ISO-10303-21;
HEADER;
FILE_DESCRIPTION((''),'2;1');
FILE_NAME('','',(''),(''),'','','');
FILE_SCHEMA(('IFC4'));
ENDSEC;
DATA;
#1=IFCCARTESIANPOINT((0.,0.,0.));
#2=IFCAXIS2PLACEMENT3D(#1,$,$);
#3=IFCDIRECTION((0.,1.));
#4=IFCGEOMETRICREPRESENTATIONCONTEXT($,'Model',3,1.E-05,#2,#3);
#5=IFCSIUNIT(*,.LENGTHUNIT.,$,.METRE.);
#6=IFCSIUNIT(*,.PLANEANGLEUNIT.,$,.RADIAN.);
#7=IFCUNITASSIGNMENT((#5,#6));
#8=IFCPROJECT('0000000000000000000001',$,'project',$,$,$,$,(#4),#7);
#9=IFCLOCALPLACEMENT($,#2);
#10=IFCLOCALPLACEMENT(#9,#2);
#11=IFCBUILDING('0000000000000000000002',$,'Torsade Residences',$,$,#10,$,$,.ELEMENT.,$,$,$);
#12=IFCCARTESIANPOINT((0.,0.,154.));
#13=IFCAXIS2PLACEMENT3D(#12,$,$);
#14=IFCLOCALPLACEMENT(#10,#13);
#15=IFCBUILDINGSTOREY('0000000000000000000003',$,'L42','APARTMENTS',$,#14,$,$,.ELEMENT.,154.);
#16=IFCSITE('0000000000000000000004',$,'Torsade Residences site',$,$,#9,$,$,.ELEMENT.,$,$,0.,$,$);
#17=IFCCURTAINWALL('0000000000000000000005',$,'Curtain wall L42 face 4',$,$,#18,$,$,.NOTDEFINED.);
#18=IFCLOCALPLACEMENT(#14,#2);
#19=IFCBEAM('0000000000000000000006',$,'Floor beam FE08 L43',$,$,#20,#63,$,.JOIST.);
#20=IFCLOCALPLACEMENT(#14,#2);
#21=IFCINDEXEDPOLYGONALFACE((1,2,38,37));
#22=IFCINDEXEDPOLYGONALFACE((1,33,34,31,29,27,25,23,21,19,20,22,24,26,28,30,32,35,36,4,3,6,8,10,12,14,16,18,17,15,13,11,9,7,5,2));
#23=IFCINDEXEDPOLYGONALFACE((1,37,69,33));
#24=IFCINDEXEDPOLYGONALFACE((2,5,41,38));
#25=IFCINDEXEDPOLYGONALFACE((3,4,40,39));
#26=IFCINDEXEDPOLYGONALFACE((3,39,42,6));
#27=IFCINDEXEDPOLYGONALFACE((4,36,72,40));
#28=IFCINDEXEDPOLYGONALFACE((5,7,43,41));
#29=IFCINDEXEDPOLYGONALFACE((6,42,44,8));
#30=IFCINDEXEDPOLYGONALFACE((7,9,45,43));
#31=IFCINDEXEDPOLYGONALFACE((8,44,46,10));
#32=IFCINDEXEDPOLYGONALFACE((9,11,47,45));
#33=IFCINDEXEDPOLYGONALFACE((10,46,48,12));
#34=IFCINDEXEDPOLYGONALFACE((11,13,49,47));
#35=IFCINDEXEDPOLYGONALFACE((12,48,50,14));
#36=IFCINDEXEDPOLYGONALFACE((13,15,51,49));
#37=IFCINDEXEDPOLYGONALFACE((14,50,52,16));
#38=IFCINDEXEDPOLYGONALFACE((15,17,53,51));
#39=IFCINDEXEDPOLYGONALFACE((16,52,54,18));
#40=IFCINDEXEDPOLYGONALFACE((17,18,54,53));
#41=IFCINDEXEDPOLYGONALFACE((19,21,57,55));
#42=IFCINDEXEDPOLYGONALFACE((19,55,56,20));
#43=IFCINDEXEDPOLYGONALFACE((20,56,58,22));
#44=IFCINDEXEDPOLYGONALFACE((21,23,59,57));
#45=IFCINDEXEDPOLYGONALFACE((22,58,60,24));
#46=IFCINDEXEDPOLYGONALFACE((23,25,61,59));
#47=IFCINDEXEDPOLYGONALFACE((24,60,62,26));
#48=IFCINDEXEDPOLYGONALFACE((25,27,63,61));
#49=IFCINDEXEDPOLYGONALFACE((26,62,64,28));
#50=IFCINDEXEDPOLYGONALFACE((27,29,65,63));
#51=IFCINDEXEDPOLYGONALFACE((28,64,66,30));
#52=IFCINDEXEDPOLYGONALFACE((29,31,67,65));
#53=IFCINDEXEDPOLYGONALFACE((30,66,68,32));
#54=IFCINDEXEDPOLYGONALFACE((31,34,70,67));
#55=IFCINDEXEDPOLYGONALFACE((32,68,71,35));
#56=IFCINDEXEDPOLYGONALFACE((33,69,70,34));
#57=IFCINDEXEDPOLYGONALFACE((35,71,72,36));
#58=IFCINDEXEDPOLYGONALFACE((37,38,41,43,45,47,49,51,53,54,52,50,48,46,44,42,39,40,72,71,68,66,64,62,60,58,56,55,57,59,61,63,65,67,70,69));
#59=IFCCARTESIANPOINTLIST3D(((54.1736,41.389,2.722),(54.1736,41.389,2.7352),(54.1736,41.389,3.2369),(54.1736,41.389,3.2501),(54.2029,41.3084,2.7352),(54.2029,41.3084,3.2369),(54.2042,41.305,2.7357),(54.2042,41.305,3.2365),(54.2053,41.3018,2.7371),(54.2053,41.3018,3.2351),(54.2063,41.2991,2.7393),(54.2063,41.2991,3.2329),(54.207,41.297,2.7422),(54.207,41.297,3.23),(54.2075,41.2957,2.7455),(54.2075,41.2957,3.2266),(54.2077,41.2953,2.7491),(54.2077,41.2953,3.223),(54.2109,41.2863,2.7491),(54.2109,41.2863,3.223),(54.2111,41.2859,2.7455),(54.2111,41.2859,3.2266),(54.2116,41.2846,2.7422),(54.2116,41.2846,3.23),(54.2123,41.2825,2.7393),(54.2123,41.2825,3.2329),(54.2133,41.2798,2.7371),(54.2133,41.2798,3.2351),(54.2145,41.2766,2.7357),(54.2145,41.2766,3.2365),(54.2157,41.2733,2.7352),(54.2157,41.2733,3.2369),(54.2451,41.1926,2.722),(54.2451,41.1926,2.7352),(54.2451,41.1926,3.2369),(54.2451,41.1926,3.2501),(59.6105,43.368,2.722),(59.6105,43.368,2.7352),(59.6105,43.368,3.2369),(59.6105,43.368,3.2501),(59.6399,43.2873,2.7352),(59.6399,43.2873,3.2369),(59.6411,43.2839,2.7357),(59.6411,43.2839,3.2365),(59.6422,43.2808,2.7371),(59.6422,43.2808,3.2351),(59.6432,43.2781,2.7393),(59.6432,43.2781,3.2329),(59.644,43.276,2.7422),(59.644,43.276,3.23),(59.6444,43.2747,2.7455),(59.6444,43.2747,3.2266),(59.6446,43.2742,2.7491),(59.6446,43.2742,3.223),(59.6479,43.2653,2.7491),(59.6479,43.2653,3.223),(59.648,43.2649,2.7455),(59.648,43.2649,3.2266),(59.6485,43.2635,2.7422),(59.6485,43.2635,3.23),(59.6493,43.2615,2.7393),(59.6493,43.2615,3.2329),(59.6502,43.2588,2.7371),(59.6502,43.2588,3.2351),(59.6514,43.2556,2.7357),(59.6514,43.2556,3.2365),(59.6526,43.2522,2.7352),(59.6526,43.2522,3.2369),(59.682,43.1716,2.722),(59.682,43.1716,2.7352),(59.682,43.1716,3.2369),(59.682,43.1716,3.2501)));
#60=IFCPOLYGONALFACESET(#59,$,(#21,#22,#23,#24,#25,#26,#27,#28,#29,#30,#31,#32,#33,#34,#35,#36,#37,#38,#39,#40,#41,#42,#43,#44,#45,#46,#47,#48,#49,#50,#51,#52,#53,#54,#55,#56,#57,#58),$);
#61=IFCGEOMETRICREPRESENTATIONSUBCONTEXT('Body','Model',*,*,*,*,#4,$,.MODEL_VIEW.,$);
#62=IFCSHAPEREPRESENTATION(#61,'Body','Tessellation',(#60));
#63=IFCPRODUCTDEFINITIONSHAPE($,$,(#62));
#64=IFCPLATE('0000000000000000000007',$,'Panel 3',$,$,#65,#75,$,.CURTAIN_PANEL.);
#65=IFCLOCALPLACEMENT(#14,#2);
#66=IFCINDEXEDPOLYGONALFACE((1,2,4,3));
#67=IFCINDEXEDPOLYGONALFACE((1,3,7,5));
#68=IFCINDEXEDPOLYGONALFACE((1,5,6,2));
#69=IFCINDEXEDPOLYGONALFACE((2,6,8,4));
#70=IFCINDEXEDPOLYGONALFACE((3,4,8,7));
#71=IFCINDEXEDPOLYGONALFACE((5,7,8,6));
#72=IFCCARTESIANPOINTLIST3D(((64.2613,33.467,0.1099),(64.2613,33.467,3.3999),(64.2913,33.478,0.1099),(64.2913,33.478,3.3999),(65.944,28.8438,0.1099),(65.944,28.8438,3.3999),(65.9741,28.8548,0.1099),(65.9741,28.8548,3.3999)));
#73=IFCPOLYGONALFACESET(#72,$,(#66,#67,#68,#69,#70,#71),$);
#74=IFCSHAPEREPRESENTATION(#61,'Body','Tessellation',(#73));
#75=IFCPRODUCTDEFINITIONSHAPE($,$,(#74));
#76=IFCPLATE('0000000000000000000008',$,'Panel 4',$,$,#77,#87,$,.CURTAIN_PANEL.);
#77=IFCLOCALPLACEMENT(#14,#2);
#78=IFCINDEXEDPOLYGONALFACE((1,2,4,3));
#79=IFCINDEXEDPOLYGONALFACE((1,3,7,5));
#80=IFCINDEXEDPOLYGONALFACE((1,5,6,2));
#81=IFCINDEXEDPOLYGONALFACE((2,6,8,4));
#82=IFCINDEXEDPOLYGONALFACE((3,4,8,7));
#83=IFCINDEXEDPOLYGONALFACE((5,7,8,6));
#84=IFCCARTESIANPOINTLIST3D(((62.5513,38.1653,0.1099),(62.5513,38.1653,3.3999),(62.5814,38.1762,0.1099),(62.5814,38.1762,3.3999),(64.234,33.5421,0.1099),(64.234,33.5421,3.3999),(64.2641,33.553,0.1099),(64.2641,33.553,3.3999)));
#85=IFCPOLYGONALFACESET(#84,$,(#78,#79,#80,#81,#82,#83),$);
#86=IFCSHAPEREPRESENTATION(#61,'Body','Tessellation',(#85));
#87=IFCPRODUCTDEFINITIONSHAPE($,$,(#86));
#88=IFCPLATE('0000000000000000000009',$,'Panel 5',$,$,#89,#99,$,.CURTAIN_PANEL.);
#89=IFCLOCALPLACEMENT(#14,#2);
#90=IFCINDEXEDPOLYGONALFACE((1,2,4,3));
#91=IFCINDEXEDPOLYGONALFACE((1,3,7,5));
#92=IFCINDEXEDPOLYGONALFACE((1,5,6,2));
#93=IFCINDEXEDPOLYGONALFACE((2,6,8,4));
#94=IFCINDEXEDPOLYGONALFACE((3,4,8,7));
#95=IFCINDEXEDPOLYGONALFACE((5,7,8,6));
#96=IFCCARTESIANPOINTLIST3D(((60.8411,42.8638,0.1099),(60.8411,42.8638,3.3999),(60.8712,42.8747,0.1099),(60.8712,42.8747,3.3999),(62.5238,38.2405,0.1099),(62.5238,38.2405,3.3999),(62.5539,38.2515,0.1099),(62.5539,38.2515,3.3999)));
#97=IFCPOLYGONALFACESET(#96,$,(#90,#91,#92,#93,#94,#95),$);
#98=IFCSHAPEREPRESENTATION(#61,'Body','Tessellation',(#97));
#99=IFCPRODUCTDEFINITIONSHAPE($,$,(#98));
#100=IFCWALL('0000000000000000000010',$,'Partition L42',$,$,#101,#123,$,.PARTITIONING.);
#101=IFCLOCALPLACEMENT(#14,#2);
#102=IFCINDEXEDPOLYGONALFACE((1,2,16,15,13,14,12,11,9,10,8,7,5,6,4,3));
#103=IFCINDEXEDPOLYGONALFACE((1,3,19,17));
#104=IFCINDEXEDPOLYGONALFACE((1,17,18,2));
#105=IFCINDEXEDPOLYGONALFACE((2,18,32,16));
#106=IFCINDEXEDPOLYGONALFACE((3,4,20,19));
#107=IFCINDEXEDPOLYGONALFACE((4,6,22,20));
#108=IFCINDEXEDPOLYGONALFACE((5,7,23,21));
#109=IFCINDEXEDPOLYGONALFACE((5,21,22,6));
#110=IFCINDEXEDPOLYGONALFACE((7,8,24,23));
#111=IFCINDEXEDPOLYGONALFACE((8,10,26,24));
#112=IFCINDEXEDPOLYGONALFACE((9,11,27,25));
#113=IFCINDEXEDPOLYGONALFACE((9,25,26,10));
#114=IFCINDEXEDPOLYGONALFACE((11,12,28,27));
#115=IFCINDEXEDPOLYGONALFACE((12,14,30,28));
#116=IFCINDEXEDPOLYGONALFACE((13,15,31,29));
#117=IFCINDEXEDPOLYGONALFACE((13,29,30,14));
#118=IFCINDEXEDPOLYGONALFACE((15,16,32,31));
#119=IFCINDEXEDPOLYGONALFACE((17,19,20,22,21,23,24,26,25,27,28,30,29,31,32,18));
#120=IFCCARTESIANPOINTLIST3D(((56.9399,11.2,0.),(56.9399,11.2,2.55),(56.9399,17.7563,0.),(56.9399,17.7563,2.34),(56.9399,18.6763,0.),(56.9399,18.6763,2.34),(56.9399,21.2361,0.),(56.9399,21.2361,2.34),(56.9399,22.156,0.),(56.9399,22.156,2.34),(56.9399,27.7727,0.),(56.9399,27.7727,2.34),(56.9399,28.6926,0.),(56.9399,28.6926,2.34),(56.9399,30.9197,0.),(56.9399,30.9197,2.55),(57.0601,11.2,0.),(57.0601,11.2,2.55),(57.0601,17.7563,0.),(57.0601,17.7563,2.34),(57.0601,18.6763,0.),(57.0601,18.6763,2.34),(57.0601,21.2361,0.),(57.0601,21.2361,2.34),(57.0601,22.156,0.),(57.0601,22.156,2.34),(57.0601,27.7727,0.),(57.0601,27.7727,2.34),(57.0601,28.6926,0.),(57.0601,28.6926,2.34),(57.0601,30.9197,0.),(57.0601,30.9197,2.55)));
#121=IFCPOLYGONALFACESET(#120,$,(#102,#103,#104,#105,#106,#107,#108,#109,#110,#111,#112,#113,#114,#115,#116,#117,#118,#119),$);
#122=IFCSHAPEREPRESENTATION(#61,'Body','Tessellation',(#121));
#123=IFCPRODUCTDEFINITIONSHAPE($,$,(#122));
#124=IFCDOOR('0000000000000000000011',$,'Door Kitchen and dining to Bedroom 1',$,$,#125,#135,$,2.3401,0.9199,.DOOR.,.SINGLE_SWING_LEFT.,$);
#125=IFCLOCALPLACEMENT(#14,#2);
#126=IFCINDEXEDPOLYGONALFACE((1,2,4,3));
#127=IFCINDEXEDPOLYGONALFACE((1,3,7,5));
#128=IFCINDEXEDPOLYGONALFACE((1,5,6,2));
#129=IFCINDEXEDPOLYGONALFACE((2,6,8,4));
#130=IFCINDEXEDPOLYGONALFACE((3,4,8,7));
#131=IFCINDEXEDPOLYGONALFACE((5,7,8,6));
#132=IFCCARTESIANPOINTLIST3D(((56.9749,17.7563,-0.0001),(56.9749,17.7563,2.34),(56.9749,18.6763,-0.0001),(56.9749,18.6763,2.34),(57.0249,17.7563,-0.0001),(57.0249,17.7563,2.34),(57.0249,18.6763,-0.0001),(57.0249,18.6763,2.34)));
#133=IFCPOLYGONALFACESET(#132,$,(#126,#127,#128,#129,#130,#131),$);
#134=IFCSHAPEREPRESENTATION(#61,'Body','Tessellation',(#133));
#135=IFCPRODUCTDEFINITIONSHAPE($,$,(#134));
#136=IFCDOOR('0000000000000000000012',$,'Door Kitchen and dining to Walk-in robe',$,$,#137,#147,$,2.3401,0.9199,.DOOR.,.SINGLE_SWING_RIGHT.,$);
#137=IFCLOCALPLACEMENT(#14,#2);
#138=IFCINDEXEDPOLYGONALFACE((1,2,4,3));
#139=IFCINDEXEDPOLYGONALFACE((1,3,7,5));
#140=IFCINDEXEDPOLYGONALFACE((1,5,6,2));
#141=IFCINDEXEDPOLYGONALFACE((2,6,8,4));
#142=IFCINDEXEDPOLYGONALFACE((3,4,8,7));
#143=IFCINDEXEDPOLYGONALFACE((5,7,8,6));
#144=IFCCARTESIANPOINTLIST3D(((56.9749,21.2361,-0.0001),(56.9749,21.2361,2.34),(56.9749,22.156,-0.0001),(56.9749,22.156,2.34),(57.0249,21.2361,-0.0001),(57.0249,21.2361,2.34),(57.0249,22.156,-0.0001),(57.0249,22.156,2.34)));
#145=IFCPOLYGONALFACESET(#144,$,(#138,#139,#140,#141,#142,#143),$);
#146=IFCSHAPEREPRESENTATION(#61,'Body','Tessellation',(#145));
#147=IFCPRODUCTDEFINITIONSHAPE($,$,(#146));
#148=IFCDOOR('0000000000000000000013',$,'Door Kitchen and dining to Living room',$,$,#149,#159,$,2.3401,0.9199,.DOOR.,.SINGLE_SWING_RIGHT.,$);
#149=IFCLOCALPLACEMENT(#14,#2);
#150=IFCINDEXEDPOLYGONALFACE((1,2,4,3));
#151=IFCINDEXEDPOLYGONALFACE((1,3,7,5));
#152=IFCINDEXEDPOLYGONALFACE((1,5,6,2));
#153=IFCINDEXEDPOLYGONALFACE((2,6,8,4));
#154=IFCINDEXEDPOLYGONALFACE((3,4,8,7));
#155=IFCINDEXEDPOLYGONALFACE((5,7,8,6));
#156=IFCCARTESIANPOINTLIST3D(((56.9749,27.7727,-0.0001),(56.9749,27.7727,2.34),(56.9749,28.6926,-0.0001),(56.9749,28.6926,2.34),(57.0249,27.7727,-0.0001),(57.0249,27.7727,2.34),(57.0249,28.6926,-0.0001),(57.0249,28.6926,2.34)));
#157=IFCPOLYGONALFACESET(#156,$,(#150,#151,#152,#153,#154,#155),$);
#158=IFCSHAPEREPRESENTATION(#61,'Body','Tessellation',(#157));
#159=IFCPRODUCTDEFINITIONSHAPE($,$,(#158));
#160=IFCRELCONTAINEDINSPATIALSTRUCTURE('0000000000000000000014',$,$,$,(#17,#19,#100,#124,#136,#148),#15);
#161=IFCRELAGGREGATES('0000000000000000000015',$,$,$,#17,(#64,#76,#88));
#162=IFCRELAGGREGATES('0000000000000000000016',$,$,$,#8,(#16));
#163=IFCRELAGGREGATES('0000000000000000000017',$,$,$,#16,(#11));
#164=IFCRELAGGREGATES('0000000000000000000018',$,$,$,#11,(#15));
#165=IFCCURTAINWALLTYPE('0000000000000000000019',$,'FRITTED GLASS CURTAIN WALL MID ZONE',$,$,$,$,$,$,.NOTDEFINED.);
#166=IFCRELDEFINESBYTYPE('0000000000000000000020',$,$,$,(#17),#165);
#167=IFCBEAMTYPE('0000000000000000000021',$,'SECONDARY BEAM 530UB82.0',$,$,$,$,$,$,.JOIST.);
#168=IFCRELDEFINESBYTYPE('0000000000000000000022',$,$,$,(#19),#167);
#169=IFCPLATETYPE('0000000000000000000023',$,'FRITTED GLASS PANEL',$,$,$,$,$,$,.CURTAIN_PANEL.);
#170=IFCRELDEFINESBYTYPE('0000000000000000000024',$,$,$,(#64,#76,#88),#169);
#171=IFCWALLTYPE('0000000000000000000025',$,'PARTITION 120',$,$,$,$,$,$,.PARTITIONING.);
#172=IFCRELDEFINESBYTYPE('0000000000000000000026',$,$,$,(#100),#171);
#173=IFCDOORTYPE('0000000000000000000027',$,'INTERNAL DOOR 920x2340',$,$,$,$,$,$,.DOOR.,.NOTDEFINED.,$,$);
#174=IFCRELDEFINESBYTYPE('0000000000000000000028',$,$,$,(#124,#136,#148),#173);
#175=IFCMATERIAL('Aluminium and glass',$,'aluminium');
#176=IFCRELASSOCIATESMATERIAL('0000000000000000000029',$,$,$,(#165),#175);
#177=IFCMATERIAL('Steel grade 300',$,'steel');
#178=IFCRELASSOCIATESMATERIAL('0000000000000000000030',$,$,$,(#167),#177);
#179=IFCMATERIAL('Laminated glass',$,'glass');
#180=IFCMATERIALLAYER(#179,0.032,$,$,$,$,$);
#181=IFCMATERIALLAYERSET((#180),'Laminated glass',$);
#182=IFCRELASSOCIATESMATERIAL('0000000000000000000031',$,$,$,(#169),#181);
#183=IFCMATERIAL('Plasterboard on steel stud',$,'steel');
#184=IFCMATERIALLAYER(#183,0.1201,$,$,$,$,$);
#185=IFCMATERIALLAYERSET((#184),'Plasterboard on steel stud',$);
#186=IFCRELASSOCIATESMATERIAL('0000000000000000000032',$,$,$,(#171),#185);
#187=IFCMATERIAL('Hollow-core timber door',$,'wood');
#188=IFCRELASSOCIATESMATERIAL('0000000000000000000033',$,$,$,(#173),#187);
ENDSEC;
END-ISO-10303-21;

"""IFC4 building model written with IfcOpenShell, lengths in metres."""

from ifc_helpers import new_model, si_unit, direction, frame, frame_2d, origin, origin_2d, place, context, subcontext, project, spatial, rectangle, i_section, extrude, material, layer, layer_set, material_profile, profile_set, type_object, element, fill, aggregate, save


model = new_model("IFC4")

# Units and contexts
model_context = context("Model", 3, precision=1e-05, world=origin(), true_north=direction((0.0, 1.0)))
body_context = subcontext(model_context, "Body", "Model", "MODEL_VIEW")
ifc_project = project(units=[si_unit("LENGTHUNIT", "METRE"), si_unit("PLANEANGLEUNIT", "RADIAN")], contexts=[model_context])

# Site, building, storey
site_placement = place(None, origin())
site = spatial("IfcSite", under=ifc_project, at=site_placement, Name="Torsade Residences site", CompositionType="ELEMENT", RefElevation=0.0)
building_placement = place(site_placement, origin())
building = spatial("IfcBuilding", under=site, at=building_placement, Name="Torsade Residences", CompositionType="ELEMENT")
storey_placement = place(building_placement, frame((0.0, 0.0, 154.0)))
storey = spatial("IfcBuildingStorey", under=building, at=storey_placement, Name="L42", Description="APARTMENTS", CompositionType="ELEMENT", Elevation=154.0)

# Curtain wall
ifc_material_1 = material(Name="Aluminium and glass", Category="aluminium")
curtain_wall_type = type_object("IfcCurtainWallType", Name="FRITTED GLASS CURTAIN WALL MID ZONE", PredefinedType="NOTDEFINED", material=ifc_material_1)
curtain_wall_placement = place(storey_placement, origin())
curtain_wall = element("IfcCurtainWall", 1, at=curtain_wall_placement, inside=storey, type_object=curtain_wall_type, Name="Curtain wall L42 face 4", PredefinedType="NOTDEFINED")

# Beam
ifc_material_2 = material(Name="Steel grade 300", Category="steel")
ifc_material_profile_1 = material_profile(ifc_material_2, i_section(OverallWidth=0.209, OverallDepth=0.5281, WebThickness=0.0095, FlangeThickness=0.0132, FilletRadius=0.0139, at=origin_2d()), Name="530UB82.0")
ifc_profile_set_1 = profile_set([ifc_material_profile_1], Name="Steel grade 300")
beam_type_1 = type_object("IfcBeamType", Name="SECONDARY BEAM 530UB82.0", PredefinedType="JOIST", material=ifc_profile_set_1)
beam_1_placement = place(storey_placement, frame((59.6462, 43.2698, 2.9861), z_axis=(-0.939687, -0.342034, 0.0), x_axis=(0.342034, -0.939687, 0.0)))
element("IfcBeam", 2, at=beam_1_placement, inside=storey, type_object=beam_type_1, Name="Floor beam FE08 L43", PredefinedType="JOIST", context=body_context, shape_type="SweptSolid", body=[
    extrude(i_section(OverallWidth=0.209, OverallDepth=0.5281, WebThickness=0.0095, FlangeThickness=0.0132, FilletRadius=0.0139, at=origin_2d()), origin(), (0.0, 0.0, 1.0), 5.7859),
])

# Plates
ifc_material_3 = material(Name="Laminated glass", Category="glass")
ifc_layer_1 = layer(ifc_material_3, 0.032)
ifc_layer_set_1 = layer_set([ifc_layer_1], Name="Laminated glass")
plate_type = type_object("IfcPlateType", Name="FRITTED GLASS PANEL", PredefinedType="CURTAIN_PANEL", material=ifc_layer_set_1)
plate_1_placement = place(storey_placement, frame((65.1177, 31.1609, 0.1099), z_axis=(0.0, 0.0, 1.0), x_axis=(-0.34202, 0.939693, 0.0)))
plate_1 = element("IfcPlate", 3, at=plate_1_placement, type_object=plate_type, Name="Panel 3", PredefinedType="CURTAIN_PANEL", context=body_context, shape_type="SweptSolid", body=[
    extrude(rectangle(XDim=4.9199, YDim=0.032, at=origin_2d()), origin(), (0.0, 0.0, 1.0), 3.29),
])
plate_2_placement = place(storey_placement, frame((63.4077, 35.8591, 0.1099), z_axis=(0.0, 0.0, 1.0), x_axis=(-0.34202, 0.939693, 0.0)))
plate_2 = element("IfcPlate", 4, at=plate_2_placement, type_object=plate_type, Name="Panel 4", PredefinedType="CURTAIN_PANEL", context=body_context, shape_type="SweptSolid", body=[
    extrude(rectangle(XDim=4.9199, YDim=0.032, at=origin_2d()), origin(), (0.0, 0.0, 1.0), 3.29),
])
plate_3_placement = place(storey_placement, frame((61.6975, 40.5576, 0.1099), z_axis=(0.0, 0.0, 1.0), x_axis=(-0.34202, 0.939693, 0.0)))
plate_3 = element("IfcPlate", 5, at=plate_3_placement, type_object=plate_type, Name="Panel 5", PredefinedType="CURTAIN_PANEL", context=body_context, shape_type="SweptSolid", body=[
    extrude(rectangle(XDim=4.9199, YDim=0.032, at=origin_2d()), origin(), (0.0, 0.0, 1.0), 3.29),
])
aggregate(curtain_wall, [plate_1, plate_2, plate_3])

# Wall, openings, doors
ifc_material_4 = material(Name="Plasterboard on steel stud", Category="steel")
ifc_layer_2 = layer(ifc_material_4, 0.1201)
ifc_layer_set_2 = layer_set([ifc_layer_2], Name="Plasterboard on steel stud")
wall_type_1 = type_object("IfcWallType", Name="PARTITION 120", PredefinedType="PARTITIONING", material=ifc_layer_set_2)
wall_1_placement = place(storey_placement, frame((57.0, 30.9197, 0.0), z_axis=(0.0, 0.0, 1.0), x_axis=(0.0, -1.0, 0.0)))
wall_1 = element("IfcWall", 6, at=wall_1_placement, inside=storey, type_object=wall_type_1, Name="Partition L42", PredefinedType="PARTITIONING", context=body_context, shape_type="SweptSolid", body=[
    extrude(rectangle(XDim=19.7197, YDim=0.1201, at=frame_2d((9.8599, 0.0))), origin(), (0.0, 0.0, 1.0), 2.55),
])
opening_1_placement = place(wall_1_placement, frame((12.2434, 0.0, 0.0)))
opening_1 = element("IfcOpeningElement", 7, at=opening_1_placement, cuts=wall_1, PredefinedType="OPENING", context=body_context, shape_type="SweptSolid", body=[
    extrude(rectangle(XDim=0.9199, YDim=2.3401, at=frame_2d((0.46, 1.1699))), frame((0.0, 0.0701, 0.0), z_axis=(0.0, -1.0, 0.0), x_axis=(1.0, 0.0, 0.0)), (0.0, 0.0, 1.0), 0.1401),
])
opening_2_placement = place(wall_1_placement, frame((8.7637, 0.0, 0.0)))
opening_2 = element("IfcOpeningElement", 8, at=opening_2_placement, cuts=wall_1, PredefinedType="OPENING", context=body_context, shape_type="SweptSolid", body=[
    extrude(rectangle(XDim=0.9199, YDim=2.3401, at=frame_2d((0.46, 1.1699))), frame((0.0, 0.0701, 0.0), z_axis=(0.0, -1.0, 0.0), x_axis=(1.0, 0.0, 0.0)), (0.0, 0.0, 1.0), 0.1401),
])
opening_3_placement = place(wall_1_placement, frame((2.2271, 0.0, 0.0)))
opening_3 = element("IfcOpeningElement", 9, at=opening_3_placement, cuts=wall_1, PredefinedType="OPENING", context=body_context, shape_type="SweptSolid", body=[
    extrude(rectangle(XDim=0.9199, YDim=2.3401, at=frame_2d((0.46, 1.1699))), frame((0.0, 0.0701, 0.0), z_axis=(0.0, -1.0, 0.0), x_axis=(1.0, 0.0, 0.0)), (0.0, 0.0, 1.0), 0.1401),
])
ifc_material_5 = material(Name="Hollow-core timber door", Category="wood")
door_type_1 = type_object("IfcDoorType", Name="INTERNAL DOOR 920x2340", OperationType="NOTDEFINED", PredefinedType="DOOR", material=ifc_material_5)
door_1_placement = place(opening_1_placement, origin())
door_1 = element("IfcDoor", 10, at=door_1_placement, inside=storey, type_object=door_type_1, Name="Door Kitchen and dining to Bedroom 1", OperationType="SINGLE_SWING_LEFT", OverallHeight=2.3401, OverallWidth=0.9199, PredefinedType="DOOR", context=body_context, shape_type="SweptSolid", body=[
    extrude(rectangle(XDim=0.9199, YDim=2.3401, at=frame_2d((0.46, 1.1699))), frame((0.0, 0.0249, 0.0), z_axis=(0.0, -1.0, 0.0), x_axis=(1.0, 0.0, 0.0)), (0.0, 0.0, 1.0), 0.05),
])
fill(opening_1, door_1)
door_2_placement = place(opening_2_placement, origin())
door_2 = element("IfcDoor", 11, at=door_2_placement, inside=storey, type_object=door_type_1, Name="Door Kitchen and dining to Walk-in robe", OperationType="SINGLE_SWING_RIGHT", OverallHeight=2.3401, OverallWidth=0.9199, PredefinedType="DOOR", context=body_context, shape_type="SweptSolid", body=[
    extrude(rectangle(XDim=0.9199, YDim=2.3401, at=frame_2d((0.46, 1.1699))), frame((0.0, 0.0249, 0.0), z_axis=(0.0, -1.0, 0.0), x_axis=(1.0, 0.0, 0.0)), (0.0, 0.0, 1.0), 0.05),
])
fill(opening_2, door_2)
door_3_placement = place(opening_3_placement, origin())
door_3 = element("IfcDoor", 12, at=door_3_placement, inside=storey, type_object=door_type_1, Name="Door Kitchen and dining to Living room", OperationType="SINGLE_SWING_RIGHT", OverallHeight=2.3401, OverallWidth=0.9199, PredefinedType="DOOR", context=body_context, shape_type="SweptSolid", body=[
    extrude(rectangle(XDim=0.9199, YDim=2.3401, at=frame_2d((0.46, 1.1699))), frame((0.0, 0.0249, 0.0), z_axis=(0.0, -1.0, 0.0), x_axis=(1.0, 0.0, 0.0)), (0.0, 0.0, 1.0), 0.05),
])
fill(opening_3, door_3)

save(model, "model.ifc")
